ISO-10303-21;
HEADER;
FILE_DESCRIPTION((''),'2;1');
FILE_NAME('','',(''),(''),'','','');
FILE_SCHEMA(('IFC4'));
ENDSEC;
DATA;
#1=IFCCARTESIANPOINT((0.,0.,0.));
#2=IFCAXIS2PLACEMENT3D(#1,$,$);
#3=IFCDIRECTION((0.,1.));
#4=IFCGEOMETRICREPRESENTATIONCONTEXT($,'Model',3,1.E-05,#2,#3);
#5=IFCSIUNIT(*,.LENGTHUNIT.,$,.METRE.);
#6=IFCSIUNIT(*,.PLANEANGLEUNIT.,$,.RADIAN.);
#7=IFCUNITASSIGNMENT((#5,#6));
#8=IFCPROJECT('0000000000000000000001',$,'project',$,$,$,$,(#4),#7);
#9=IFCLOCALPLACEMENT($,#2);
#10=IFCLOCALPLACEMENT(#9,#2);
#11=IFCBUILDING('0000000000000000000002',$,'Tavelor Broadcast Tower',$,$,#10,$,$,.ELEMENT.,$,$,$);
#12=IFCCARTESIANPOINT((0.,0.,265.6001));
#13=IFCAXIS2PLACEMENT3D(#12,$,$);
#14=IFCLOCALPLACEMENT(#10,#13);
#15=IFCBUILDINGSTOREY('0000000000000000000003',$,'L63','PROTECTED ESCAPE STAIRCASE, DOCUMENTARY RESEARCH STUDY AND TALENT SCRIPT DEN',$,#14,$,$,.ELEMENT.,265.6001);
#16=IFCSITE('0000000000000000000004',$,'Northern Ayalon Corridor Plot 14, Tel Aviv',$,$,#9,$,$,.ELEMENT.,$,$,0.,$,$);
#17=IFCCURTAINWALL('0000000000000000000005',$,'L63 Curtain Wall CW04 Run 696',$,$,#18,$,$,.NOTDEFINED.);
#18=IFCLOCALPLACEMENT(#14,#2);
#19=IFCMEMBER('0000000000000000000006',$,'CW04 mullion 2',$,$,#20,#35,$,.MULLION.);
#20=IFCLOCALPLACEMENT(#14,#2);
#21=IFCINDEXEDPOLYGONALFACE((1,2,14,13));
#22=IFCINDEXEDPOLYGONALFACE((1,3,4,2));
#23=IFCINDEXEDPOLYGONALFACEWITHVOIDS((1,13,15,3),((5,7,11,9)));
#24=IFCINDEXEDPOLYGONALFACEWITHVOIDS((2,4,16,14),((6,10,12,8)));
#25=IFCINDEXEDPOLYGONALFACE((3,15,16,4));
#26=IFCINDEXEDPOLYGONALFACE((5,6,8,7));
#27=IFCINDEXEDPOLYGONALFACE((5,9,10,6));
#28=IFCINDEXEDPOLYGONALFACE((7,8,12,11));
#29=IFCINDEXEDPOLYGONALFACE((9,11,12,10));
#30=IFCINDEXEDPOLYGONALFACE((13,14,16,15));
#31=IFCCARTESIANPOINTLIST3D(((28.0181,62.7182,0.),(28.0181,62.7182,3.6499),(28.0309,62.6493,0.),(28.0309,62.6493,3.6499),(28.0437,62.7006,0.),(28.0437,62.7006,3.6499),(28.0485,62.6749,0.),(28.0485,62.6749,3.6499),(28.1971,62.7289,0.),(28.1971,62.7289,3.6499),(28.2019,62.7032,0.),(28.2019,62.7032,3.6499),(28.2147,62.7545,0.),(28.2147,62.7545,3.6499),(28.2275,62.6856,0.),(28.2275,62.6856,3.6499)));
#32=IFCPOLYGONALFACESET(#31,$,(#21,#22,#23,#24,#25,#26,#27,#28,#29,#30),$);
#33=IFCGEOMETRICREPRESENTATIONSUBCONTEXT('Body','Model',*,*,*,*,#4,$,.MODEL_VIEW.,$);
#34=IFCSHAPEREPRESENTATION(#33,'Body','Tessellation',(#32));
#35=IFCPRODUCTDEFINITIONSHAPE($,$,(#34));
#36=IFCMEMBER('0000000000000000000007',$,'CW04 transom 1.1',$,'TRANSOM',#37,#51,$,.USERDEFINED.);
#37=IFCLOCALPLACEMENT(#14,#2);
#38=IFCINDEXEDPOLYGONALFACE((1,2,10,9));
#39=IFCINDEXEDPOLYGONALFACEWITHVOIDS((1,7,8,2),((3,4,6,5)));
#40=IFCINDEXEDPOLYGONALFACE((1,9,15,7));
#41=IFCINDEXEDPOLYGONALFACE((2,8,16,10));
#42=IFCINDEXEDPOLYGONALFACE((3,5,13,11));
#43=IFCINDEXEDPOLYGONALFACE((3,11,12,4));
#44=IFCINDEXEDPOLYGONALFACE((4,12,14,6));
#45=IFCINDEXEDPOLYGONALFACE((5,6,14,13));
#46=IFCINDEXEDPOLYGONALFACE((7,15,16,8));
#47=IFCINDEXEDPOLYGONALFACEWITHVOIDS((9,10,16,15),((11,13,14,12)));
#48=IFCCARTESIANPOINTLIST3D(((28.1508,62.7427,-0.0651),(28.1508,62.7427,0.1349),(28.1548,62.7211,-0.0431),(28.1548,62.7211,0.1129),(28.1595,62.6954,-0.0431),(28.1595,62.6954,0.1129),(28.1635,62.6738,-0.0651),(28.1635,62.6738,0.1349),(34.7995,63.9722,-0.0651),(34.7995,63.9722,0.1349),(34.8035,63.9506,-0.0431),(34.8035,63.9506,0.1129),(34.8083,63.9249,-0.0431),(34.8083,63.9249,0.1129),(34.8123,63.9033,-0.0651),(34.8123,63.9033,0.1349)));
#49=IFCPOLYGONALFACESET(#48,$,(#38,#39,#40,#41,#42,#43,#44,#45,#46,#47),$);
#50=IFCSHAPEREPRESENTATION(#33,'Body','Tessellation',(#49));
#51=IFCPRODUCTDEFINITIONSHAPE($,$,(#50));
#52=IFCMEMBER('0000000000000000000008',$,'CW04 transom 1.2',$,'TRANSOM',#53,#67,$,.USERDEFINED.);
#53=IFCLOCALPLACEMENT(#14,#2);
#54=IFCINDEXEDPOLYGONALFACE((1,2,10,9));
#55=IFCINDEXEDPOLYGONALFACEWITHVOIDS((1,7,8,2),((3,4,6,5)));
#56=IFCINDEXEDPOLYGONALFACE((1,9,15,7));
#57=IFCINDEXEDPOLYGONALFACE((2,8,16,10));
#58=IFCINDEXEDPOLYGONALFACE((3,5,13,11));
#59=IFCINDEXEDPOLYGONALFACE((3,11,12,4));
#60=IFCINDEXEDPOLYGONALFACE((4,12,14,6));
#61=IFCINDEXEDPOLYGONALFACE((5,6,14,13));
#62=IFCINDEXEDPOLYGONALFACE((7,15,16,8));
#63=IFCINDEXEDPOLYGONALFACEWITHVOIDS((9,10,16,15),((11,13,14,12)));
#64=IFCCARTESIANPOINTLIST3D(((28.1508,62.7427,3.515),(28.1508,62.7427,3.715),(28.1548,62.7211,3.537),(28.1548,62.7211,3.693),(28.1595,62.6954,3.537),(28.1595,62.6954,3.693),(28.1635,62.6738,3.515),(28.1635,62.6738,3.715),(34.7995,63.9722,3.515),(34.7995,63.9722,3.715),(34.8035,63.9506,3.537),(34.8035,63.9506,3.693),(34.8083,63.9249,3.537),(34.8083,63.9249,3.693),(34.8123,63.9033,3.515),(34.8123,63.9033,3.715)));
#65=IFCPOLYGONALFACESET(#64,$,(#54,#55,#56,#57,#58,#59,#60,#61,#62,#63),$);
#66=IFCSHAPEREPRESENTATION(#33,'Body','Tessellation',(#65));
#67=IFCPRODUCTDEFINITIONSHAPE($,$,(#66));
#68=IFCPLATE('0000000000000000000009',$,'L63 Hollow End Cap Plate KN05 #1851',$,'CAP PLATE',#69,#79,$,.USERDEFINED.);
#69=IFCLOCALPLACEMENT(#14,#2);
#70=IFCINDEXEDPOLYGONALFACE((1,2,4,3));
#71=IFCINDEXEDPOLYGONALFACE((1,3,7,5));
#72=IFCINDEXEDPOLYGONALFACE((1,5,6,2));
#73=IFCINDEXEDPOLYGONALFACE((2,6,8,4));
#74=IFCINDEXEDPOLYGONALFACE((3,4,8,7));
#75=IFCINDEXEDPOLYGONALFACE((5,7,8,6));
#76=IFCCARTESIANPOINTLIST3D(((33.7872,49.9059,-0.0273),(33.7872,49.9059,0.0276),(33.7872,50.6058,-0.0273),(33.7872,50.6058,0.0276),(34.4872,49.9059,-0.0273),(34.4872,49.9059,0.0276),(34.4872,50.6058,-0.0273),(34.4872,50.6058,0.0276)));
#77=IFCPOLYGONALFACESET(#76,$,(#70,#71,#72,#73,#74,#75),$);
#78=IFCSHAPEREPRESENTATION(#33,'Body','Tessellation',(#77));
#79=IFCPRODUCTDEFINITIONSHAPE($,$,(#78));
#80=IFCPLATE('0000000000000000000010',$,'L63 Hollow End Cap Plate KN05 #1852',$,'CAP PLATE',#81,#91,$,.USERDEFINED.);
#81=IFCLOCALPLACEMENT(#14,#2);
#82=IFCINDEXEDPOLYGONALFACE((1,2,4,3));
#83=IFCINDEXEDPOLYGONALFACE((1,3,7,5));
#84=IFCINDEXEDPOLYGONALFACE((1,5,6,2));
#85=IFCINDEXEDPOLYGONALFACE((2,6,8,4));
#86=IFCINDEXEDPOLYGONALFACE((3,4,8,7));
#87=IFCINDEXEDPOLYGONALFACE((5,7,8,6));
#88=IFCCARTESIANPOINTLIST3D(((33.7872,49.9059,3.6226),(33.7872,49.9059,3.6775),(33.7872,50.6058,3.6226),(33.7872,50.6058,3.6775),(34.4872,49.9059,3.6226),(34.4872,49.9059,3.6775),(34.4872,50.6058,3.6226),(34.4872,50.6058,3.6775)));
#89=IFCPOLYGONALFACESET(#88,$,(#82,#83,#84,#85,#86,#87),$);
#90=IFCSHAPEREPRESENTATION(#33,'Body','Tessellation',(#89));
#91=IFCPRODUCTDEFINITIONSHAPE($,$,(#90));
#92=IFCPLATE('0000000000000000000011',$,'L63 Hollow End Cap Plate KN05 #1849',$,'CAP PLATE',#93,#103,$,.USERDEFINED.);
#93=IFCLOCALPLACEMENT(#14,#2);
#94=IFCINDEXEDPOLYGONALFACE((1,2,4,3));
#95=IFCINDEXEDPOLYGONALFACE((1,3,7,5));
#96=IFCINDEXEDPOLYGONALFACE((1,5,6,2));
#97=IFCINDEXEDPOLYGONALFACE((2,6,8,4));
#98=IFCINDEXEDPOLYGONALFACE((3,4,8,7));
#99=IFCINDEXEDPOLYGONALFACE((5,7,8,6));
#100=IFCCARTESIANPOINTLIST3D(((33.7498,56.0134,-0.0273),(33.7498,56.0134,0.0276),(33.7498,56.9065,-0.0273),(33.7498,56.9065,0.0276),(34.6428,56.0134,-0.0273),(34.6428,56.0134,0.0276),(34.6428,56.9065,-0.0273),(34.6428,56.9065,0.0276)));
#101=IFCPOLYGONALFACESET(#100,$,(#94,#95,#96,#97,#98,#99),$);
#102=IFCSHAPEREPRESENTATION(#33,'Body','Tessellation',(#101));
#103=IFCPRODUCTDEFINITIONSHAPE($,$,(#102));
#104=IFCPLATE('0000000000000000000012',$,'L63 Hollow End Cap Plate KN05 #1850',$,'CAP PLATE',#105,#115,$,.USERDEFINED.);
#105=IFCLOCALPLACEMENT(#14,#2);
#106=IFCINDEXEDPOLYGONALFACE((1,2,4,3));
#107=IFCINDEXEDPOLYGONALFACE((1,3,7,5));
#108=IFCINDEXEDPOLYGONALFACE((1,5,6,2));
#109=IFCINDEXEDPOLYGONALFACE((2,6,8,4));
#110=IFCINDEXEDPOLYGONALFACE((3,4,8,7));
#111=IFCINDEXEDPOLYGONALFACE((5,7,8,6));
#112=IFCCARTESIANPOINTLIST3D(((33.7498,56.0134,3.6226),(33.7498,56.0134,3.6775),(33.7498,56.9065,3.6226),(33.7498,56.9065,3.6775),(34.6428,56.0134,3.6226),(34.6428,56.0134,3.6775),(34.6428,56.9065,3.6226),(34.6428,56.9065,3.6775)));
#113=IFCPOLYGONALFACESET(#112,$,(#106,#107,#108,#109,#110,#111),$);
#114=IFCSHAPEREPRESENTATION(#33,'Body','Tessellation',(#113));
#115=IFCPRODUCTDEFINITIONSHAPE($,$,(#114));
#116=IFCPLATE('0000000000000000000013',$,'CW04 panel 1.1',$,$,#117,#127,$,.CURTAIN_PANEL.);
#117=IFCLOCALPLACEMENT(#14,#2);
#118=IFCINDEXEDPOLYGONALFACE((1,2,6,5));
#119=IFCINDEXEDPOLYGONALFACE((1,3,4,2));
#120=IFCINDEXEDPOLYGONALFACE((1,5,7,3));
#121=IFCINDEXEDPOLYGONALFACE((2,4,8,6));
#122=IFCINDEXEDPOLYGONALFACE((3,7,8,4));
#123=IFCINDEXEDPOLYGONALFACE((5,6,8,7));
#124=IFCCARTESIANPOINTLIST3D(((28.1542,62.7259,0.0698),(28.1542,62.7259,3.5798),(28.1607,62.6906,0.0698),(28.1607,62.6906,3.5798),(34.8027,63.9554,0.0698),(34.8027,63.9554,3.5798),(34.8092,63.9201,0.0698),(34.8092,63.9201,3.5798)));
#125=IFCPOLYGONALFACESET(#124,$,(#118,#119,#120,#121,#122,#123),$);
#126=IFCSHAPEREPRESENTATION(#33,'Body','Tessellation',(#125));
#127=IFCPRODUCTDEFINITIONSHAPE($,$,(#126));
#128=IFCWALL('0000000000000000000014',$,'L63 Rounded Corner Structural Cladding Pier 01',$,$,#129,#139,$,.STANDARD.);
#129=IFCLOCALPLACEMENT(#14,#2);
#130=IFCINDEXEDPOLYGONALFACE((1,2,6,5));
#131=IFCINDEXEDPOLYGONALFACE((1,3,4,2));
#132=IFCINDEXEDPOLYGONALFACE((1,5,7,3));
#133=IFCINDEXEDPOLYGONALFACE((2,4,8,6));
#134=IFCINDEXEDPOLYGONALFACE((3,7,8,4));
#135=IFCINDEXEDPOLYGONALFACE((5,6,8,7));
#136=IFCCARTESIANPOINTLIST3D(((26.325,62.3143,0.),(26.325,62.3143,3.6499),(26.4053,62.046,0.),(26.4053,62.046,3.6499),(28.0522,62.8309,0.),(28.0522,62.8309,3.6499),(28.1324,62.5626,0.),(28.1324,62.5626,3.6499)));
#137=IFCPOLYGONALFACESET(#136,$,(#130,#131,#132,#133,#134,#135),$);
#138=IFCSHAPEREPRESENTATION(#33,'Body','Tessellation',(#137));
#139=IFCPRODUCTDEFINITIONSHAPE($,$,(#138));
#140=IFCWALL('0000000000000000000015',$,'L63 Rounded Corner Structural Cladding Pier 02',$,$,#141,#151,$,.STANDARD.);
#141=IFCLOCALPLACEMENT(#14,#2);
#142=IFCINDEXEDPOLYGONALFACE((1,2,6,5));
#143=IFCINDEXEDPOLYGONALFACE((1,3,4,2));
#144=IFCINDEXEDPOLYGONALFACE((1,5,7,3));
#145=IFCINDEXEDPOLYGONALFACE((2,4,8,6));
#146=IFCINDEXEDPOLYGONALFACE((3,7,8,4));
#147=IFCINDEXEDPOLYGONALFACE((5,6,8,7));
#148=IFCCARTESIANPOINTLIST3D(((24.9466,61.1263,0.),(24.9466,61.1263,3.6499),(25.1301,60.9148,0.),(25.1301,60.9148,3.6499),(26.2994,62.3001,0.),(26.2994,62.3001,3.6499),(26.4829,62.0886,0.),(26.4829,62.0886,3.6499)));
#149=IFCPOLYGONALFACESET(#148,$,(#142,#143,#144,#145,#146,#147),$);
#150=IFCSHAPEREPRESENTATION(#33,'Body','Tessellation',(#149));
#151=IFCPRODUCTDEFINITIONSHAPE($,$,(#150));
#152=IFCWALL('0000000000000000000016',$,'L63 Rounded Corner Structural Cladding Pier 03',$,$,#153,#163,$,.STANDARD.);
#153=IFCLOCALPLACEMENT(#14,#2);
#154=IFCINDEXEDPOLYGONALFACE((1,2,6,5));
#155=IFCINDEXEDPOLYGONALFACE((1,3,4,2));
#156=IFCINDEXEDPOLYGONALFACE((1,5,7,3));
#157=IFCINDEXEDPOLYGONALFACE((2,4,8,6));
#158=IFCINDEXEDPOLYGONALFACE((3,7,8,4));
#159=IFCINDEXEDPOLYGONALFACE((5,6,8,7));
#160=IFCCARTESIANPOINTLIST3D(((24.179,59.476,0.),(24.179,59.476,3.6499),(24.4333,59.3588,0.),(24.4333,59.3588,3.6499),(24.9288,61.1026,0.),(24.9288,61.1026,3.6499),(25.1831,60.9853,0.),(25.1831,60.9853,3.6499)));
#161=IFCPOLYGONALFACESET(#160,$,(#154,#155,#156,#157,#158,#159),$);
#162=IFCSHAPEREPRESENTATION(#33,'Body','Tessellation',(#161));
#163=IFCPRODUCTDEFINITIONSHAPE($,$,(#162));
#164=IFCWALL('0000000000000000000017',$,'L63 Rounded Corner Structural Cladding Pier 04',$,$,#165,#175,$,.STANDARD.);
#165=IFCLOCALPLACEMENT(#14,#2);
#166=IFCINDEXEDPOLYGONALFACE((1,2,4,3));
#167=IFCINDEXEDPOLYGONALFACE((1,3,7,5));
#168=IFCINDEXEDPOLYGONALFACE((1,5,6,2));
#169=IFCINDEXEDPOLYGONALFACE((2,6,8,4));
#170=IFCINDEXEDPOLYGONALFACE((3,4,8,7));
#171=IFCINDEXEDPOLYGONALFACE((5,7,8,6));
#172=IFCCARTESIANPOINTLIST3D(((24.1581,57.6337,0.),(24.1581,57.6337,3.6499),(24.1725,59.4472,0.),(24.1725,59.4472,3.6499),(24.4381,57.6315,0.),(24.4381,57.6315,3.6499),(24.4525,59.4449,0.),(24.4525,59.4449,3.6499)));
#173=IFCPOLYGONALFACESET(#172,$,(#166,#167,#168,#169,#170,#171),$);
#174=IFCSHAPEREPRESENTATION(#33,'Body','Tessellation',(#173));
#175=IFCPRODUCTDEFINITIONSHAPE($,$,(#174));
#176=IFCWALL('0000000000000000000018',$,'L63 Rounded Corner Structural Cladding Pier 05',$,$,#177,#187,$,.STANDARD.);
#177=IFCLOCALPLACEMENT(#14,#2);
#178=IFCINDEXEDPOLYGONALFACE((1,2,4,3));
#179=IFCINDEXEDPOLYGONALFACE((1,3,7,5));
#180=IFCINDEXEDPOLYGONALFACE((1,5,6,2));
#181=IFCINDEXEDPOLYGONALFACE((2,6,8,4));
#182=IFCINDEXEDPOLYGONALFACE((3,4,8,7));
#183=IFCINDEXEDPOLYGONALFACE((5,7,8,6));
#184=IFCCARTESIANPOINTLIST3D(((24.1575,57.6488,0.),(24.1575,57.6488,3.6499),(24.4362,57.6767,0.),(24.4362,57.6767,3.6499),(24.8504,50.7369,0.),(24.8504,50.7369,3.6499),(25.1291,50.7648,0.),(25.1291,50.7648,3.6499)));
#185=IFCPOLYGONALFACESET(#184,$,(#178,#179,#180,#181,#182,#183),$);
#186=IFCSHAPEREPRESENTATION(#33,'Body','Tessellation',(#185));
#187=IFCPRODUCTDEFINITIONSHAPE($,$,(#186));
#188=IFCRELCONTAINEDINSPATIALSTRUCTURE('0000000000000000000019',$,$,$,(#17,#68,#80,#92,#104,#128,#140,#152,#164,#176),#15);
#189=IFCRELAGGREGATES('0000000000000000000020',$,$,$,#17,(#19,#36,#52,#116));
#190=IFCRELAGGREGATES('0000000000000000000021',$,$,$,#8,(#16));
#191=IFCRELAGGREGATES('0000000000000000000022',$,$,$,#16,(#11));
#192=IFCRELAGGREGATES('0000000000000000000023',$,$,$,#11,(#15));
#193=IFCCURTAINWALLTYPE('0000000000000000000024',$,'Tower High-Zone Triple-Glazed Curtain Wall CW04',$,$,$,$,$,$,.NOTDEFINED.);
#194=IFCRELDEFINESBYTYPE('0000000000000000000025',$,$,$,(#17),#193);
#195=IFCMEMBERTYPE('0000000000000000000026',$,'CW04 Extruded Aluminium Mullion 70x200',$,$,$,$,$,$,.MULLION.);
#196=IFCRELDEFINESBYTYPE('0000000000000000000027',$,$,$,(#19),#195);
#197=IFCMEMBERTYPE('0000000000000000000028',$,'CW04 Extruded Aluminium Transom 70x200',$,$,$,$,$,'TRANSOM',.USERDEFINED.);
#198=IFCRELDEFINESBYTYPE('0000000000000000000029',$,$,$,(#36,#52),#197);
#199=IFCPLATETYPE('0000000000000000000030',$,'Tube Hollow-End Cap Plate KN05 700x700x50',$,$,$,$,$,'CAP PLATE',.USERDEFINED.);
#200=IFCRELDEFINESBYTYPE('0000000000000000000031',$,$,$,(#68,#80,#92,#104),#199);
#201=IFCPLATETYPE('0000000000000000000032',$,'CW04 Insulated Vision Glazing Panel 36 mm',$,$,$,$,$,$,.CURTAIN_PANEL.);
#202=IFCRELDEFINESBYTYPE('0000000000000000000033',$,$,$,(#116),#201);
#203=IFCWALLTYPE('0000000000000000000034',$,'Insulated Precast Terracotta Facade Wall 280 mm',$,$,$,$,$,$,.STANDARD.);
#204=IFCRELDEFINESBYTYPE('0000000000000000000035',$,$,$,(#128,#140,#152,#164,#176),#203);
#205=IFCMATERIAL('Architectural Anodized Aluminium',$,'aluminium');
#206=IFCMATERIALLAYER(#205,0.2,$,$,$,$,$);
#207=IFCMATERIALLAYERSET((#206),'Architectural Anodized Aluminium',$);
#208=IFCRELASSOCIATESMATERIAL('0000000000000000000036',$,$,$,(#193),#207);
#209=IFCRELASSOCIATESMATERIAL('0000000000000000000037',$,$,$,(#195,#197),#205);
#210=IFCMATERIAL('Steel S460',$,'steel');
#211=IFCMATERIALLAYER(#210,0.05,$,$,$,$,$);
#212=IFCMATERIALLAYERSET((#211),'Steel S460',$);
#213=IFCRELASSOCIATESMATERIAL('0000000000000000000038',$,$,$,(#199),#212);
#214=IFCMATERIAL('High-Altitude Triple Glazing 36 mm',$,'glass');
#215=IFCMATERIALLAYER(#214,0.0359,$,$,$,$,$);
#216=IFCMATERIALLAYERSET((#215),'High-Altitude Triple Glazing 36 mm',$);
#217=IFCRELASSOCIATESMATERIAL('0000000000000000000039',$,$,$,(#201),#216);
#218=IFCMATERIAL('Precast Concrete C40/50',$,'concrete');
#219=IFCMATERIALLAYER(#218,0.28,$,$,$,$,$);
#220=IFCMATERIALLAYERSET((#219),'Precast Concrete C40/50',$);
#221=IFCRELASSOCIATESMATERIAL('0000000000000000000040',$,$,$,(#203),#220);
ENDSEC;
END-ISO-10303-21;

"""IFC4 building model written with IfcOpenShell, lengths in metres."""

from ifc_helpers import new_model, si_unit, direction, frame, frame_2d, origin, origin_2d, place, context, subcontext, project, spatial, rectangle, hollow_rectangle, extrude, source, transform, mapped, material, layer, layer_set, material_profile, profile_set, type_object, type_shapes, element, aggregate, save


model = new_model("IFC4")

# Units and contexts
model_context = context("Model", 3, precision=1e-05, world=origin(), true_north=direction((0.0, 1.0)))
body_context = subcontext(model_context, "Body", "Model", "MODEL_VIEW")
ifc_project = project(units=[si_unit("LENGTHUNIT", "METRE"), si_unit("PLANEANGLEUNIT", "RADIAN")], contexts=[model_context])

# Site, building, storey
site_placement = place(None, origin())
site = spatial("IfcSite", under=ifc_project, at=site_placement, Name="Northern Ayalon Corridor Plot 14, Tel Aviv", CompositionType="ELEMENT", RefElevation=0.0)
building_placement = place(site_placement, origin())
building = spatial("IfcBuilding", under=site, at=building_placement, Name="Tavelor Broadcast Tower", CompositionType="ELEMENT")
storey_placement = place(building_placement, frame((0.0, 0.0, 265.6001)))
storey = spatial("IfcBuildingStorey", under=building, at=storey_placement, Name="L63", Description="PROTECTED ESCAPE STAIRCASE, DOCUMENTARY RESEARCH STUDY AND TALENT SCRIPT DEN", CompositionType="ELEMENT", Elevation=265.6001)

# Shared definitions
ifc_material_1 = material(Name="Steel S460", Category="steel")

# Curtain wall, members
ifc_material_2 = material(Name="Architectural Anodized Aluminium", Category="aluminium")
ifc_layer_1 = layer(ifc_material_2, 0.2)
ifc_layer_set_1 = layer_set([ifc_layer_1], Name="Architectural Anodized Aluminium")
curtain_wall_type = type_object("IfcCurtainWallType", Name="Tower High-Zone Triple-Glazed Curtain Wall CW04", PredefinedType="NOTDEFINED", material=ifc_layer_set_1)
curtain_wall_placement = place(storey_placement, origin())
curtain_wall = element("IfcCurtainWall", 1, at=curtain_wall_placement, inside=storey, type_object=curtain_wall_type, Name="L63 Curtain Wall CW04 Run 696", PredefinedType="NOTDEFINED")
ifc_material_profile_1 = material_profile(ifc_material_2, hollow_rectangle(XDim=0.0701, YDim=0.2, WallThickness=0.022, at=origin_2d()), Name="RHS 70x200x22")
ifc_profile_set_1 = profile_set([ifc_material_profile_1], Name="Architectural Anodized Aluminium")
member_type_1 = type_object("IfcMemberType", Name="CW04 Extruded Aluminium Mullion 70x200", PredefinedType="MULLION", material=ifc_profile_set_1)
shared_shape_1 = source(origin(), body_context, "Body", "SweptSolid", [
    extrude(hollow_rectangle(XDim=0.0701, YDim=0.2, WallThickness=0.022, at=origin_2d()), origin(), (0.0, 0.0, 1.0), 3.6499),
])
type_shapes(member_type_1, [shared_shape_1])
member_1_placement = place(storey_placement, frame((28.1228, 62.7019, 0.0), z_axis=(0.0, 0.0, 1.0), x_axis=(0.181834, -0.983329, 0.0)))
member_1 = element("IfcMember", 2, at=member_1_placement, type_object=member_type_1, Name="CW04 mullion 2", PredefinedType="MULLION", context=body_context, shape_type="MappedRepresentation", body=[
    mapped(shared_shape_1, transform((0.0, 0.0, 0.0), scale=1.0)),
])
ifc_material_profile_2 = material_profile(ifc_material_2, hollow_rectangle(XDim=0.0701, YDim=0.2, WallThickness=0.022, at=origin_2d()), Name="RHS 70x200x22")
ifc_profile_set_2 = profile_set([ifc_material_profile_2], Name="Architectural Anodized Aluminium")
member_type_2 = type_object("IfcMemberType", Name="CW04 Extruded Aluminium Transom 70x200", ElementType="TRANSOM", PredefinedType="USERDEFINED", material=ifc_profile_set_2)
shared_shape_2 = source(origin(), body_context, "Body", "SweptSolid", [
    extrude(hollow_rectangle(XDim=0.0701, YDim=0.2, WallThickness=0.022, at=origin_2d()), origin(), (0.0, 0.0, 1.0), 6.7615),
])
type_shapes(member_type_2, [shared_shape_2])
member_2_placement = place(storey_placement, frame((34.8059, 63.9377, 0.0349), z_axis=(-0.983328, -0.18184, 0.0), x_axis=(0.18184, -0.983328, 0.0)))
member_2 = element("IfcMember", 3, at=member_2_placement, type_object=member_type_2, Name="CW04 transom 1.1", ObjectType="TRANSOM", PredefinedType="USERDEFINED", context=body_context, shape_type="MappedRepresentation", body=[
    mapped(shared_shape_2, transform((0.0, 0.0, 0.0), scale=1.0)),
])
member_3_placement = place(storey_placement, frame((34.8059, 63.9377, 3.615), z_axis=(-0.983328, -0.18184, 0.0), x_axis=(0.18184, -0.983328, 0.0)))
member_3 = element("IfcMember", 4, at=member_3_placement, type_object=member_type_2, Name="CW04 transom 1.2", ObjectType="TRANSOM", PredefinedType="USERDEFINED", context=body_context, shape_type="MappedRepresentation", body=[
    mapped(shared_shape_2, transform((0.0, 0.0, 0.0), scale=1.0)),
])

# Plates
ifc_layer_2 = layer(ifc_material_1, 0.05)
ifc_layer_set_2 = layer_set([ifc_layer_2], Name="Steel S460")
plate_type_1 = type_object("IfcPlateType", Name="Tube Hollow-End Cap Plate KN05 700x700x50", ElementType="CAP PLATE", PredefinedType="USERDEFINED", material=ifc_layer_set_2)
shared_shape_3 = source(origin(), body_context, "Body", "SweptSolid", [
    extrude(rectangle(XDim=0.7, YDim=0.7, at=origin_2d()), origin(), (0.0, 0.0, 1.0), 0.0549),
])
for number, where, z_axis, x_axis, name in (
    (5, (34.1372, 50.2559, -0.0273), (0.0, 0.0, 1.0), (1.0, 0.0, 0.0), "L63 Hollow End Cap Plate KN05 #1851"),
    (6, (34.1372, 50.2559, 3.6226), (0.0, 0.0, 1.0), (1.0, 0.0, 0.0), "L63 Hollow End Cap Plate KN05 #1852"),
):
    element("IfcPlate", number, at=place(storey_placement, frame(where, z_axis=z_axis, x_axis=x_axis)), inside=storey, type_object=plate_type_1, Name=name, ObjectType="CAP PLATE", PredefinedType="USERDEFINED", context=body_context, shape_type="MappedRepresentation", body=[
        mapped(shared_shape_3, transform((0.0, 0.0, 0.0), scale=1.0)),
    ])
shared_shape_4 = source(origin(), body_context, "Body", "SweptSolid", [
    extrude(rectangle(XDim=0.8931, YDim=0.8931, at=origin_2d()), origin(), (0.0, 0.0, 1.0), 0.0549),
])
type_shapes(plate_type_1, [shared_shape_3, shared_shape_4])
for number, where, z_axis, x_axis, name in (
    (7, (34.1963, 56.46, -0.0273), (0.0, 0.0, 1.0), (1.0, 0.0, 0.0), "L63 Hollow End Cap Plate KN05 #1849"),
    (8, (34.1963, 56.46, 3.6226), (0.0, 0.0, 1.0), (1.0, 0.0, 0.0), "L63 Hollow End Cap Plate KN05 #1850"),
):
    element("IfcPlate", number, at=place(storey_placement, frame(where, z_axis=z_axis, x_axis=x_axis)), inside=storey, type_object=plate_type_1, Name=name, ObjectType="CAP PLATE", PredefinedType="USERDEFINED", context=body_context, shape_type="MappedRepresentation", body=[
        mapped(shared_shape_4, transform((0.0, 0.0, 0.0), scale=1.0)),
    ])

# Plate
ifc_material_3 = material(Name="High-Altitude Triple Glazing 36 mm", Category="glass")
ifc_layer_3 = layer(ifc_material_3, 0.0359)
ifc_layer_set_3 = layer_set([ifc_layer_3], Name="High-Altitude Triple Glazing 36 mm")
plate_type_2 = type_object("IfcPlateType", Name="CW04 Insulated Vision Glazing Panel 36 mm", PredefinedType="CURTAIN_PANEL", material=ifc_layer_set_3)
shared_shape_5 = source(origin(), body_context, "Body", "SweptSolid", [
    extrude(rectangle(XDim=6.7612, YDim=0.0359, at=origin_2d()), origin(), (0.0, 0.0, 1.0), 3.51),
])
type_shapes(plate_type_2, [shared_shape_5])
plate_placement = place(storey_placement, frame((31.4817, 63.323, 0.0698), z_axis=(0.0, 0.0, 1.0), x_axis=(-0.983329, -0.181834, 0.0)))
plate = element("IfcPlate", 9, at=plate_placement, type_object=plate_type_2, Name="CW04 panel 1.1", PredefinedType="CURTAIN_PANEL", context=body_context, shape_type="MappedRepresentation", body=[
    mapped(shared_shape_5, transform((0.0, 0.0, 0.0), scale=1.0)),
])
aggregate(curtain_wall, [member_1, member_2, member_3, plate])

# Walls
ifc_material_4 = material(Name="Precast Concrete C40/50", Category="concrete")
ifc_layer_4 = layer(ifc_material_4, 0.28)
ifc_layer_set_4 = layer_set([ifc_layer_4], Name="Precast Concrete C40/50")
wall_type_1 = type_object("IfcWallType", Name="Insulated Precast Terracotta Facade Wall 280 mm", PredefinedType="STANDARD", material=ifc_layer_set_4)
wall_1_placement = place(storey_placement, frame((28.0923, 62.6968, 0.0), z_axis=(0.0, 0.0, 1.0), x_axis=(-0.958057, -0.286577, 0.0)))
element("IfcWall", 10, at=wall_1_placement, inside=storey, type_object=wall_type_1, Name="L63 Rounded Corner Structural Cladding Pier 01", PredefinedType="STANDARD", context=body_context, shape_type="SweptSolid", body=[
    extrude(rectangle(XDim=1.8027, YDim=0.28, at=frame_2d((0.9014, 0.0))), origin(), (0.0, 0.0, 1.0), 3.6499),
])
for number, where, z_axis, x_axis, name in (
    (11, (26.3911, 62.1943, 0.0), (0.0, 0.0, 1.0), (-0.755298, -0.655382, 0.0), "L63 Rounded Corner Structural Cladding Pier 02"),
    (12, (25.0559, 61.0439, 0.0), (0.0, 0.0, 1.0), (-0.418635, -0.908155, 0.0), "L63 Rounded Corner Structural Cladding Pier 03"),
):
    element("IfcWall", number, at=place(storey_placement, frame(where, z_axis=z_axis, x_axis=x_axis)), inside=storey, type_object=wall_type_1, Name=name, PredefinedType="STANDARD", context=body_context, shape_type="SweptSolid", body=[
        extrude(rectangle(XDim=1.791, YDim=0.28, at=frame_2d((0.8955, 0.0))), origin(), (0.0, 0.0, 1.0), 3.6499),
    ])
wall_2_placement = place(storey_placement, frame((24.3125, 59.446, 0.0), z_axis=(0.0, 0.0, 1.0), x_axis=(-0.007943, -0.999968, 0.0)))
element("IfcWall", 13, at=wall_2_placement, inside=storey, type_object=wall_type_1, Name="L63 Rounded Corner Structural Cladding Pier 04", PredefinedType="STANDARD", context=body_context, shape_type="SweptSolid", body=[
    extrude(rectangle(XDim=1.8135, YDim=0.28, at=frame_2d((0.9067, 0.0))), origin(), (0.0, 0.0, 1.0), 3.6499),
])
wall_3_placement = place(storey_placement, frame((24.2969, 57.6626, 0.0), z_axis=(0.0, 0.0, 1.0), x_axis=(0.099744, -0.995013, 0.0)))
element("IfcWall", 14, at=wall_3_placement, inside=storey, type_object=wall_type_1, Name="L63 Rounded Corner Structural Cladding Pier 05", PredefinedType="STANDARD", context=body_context, shape_type="SweptSolid", body=[
    extrude(rectangle(XDim=6.9465, YDim=0.28, at=frame_2d((3.4731, 0.0))), origin(), (0.0, 0.0, 1.0), 3.6499),
])

save(model, "model.ifc")
